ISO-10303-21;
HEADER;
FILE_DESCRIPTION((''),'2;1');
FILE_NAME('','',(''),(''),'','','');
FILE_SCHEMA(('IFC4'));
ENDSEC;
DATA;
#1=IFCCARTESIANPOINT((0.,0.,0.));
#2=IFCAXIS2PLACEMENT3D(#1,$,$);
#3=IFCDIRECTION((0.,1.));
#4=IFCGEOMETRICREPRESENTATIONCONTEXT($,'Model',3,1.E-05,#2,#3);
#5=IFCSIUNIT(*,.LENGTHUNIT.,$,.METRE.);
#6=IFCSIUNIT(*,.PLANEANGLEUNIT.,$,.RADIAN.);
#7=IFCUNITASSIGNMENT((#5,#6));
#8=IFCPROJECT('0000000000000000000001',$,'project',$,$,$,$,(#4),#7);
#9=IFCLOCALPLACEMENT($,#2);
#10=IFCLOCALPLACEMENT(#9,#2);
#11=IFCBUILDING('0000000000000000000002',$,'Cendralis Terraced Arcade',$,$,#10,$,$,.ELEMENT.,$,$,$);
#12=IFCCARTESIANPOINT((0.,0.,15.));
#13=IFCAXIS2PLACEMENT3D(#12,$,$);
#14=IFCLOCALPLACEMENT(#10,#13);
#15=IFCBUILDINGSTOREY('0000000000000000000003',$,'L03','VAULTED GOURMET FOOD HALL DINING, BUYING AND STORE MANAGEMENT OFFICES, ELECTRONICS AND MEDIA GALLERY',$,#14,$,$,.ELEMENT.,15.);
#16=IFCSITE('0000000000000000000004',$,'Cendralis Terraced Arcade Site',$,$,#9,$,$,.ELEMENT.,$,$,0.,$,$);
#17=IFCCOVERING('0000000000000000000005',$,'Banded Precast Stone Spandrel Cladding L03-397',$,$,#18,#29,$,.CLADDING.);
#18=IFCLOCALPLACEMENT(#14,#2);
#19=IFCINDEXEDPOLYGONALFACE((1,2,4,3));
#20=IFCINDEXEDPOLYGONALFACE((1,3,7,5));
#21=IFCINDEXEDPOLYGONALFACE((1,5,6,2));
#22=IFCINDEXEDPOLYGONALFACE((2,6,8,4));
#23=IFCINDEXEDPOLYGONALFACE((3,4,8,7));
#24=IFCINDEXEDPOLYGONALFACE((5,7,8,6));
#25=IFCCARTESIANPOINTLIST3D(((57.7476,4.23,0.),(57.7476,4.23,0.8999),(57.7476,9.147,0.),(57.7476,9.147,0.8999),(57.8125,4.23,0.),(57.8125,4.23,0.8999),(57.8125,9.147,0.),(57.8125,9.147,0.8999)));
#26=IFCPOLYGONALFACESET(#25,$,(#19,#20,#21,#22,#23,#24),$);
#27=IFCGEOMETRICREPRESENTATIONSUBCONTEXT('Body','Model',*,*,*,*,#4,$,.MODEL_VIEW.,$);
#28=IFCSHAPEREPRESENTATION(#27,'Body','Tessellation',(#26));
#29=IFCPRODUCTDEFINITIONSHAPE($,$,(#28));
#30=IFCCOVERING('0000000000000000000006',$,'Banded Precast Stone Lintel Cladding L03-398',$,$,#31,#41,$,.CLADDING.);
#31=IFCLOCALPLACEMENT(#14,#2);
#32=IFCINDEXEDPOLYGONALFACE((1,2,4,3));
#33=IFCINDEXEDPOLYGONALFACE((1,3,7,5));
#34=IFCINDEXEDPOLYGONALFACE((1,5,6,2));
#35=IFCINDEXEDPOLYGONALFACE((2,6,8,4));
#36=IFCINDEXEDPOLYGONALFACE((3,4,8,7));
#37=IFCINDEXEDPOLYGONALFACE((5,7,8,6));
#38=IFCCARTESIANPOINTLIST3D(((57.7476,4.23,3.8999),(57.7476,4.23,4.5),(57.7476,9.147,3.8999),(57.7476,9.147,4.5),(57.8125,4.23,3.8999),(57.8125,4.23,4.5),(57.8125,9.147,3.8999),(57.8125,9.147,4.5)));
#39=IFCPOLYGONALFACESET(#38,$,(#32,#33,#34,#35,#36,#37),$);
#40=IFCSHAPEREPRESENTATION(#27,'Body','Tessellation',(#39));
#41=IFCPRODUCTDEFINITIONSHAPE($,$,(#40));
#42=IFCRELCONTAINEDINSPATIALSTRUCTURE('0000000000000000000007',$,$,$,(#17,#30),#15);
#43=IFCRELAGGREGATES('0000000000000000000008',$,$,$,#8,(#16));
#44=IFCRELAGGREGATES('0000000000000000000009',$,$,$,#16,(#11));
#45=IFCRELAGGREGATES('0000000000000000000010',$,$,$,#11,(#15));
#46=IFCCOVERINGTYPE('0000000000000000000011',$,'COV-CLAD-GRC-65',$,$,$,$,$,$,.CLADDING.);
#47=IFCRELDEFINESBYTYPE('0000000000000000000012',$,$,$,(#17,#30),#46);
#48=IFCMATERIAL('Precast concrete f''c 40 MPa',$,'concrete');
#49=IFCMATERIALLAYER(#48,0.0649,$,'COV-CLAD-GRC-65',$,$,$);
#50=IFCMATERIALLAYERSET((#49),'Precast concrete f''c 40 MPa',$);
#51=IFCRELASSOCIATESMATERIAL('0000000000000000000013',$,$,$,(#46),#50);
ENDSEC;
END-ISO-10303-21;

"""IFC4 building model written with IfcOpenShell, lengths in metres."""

from ifc_helpers import new_model, si_unit, direction, frame, origin, origin_2d, place, context, subcontext, project, spatial, rectangle, extrude, material, layer, layer_set, type_object, element, save


model = new_model("IFC4")

# Units and contexts
model_context = context("Model", 3, precision=1e-05, world=origin(), true_north=direction((0.0, 1.0)))
body_context = subcontext(model_context, "Body", "Model", "MODEL_VIEW")
ifc_project = project(units=[si_unit("LENGTHUNIT", "METRE"), si_unit("PLANEANGLEUNIT", "RADIAN")], contexts=[model_context])

# Site, building, storey
site_placement = place(None, origin())
site = spatial("IfcSite", under=ifc_project, at=site_placement, Name="Cendralis Terraced Arcade Site", CompositionType="ELEMENT", RefElevation=0.0)
building_placement = place(site_placement, origin())
building = spatial("IfcBuilding", under=site, at=building_placement, Name="Cendralis Terraced Arcade", CompositionType="ELEMENT")
storey_placement = place(building_placement, frame((0.0, 0.0, 15.0)))
storey = spatial("IfcBuildingStorey", under=building, at=storey_placement, Name="L03", Description="VAULTED GOURMET FOOD HALL DINING, BUYING AND STORE MANAGEMENT OFFICES, ELECTRONICS AND MEDIA GALLERY", CompositionType="ELEMENT", Elevation=15.0)

# Shared definitions
ifc_material_1 = material(Name="Precast concrete f'c 40 MPa", Category="concrete")

# Coverings
ifc_layer_1 = layer(ifc_material_1, 0.0649, Name="COV-CLAD-GRC-65")
ifc_layer_set_1 = layer_set([ifc_layer_1], Name="Precast concrete f'c 40 MPa")
covering_type = type_object("IfcCoveringType", Name="COV-CLAD-GRC-65", PredefinedType="CLADDING", material=ifc_layer_set_1)
covering_1_placement = place(storey_placement, frame((57.78, 6.6885, 0.0), z_axis=(0.0, 0.0, 1.0), x_axis=(0.0, -1.0, 0.0)))
element("IfcCovering", 1, at=covering_1_placement, inside=storey, type_object=covering_type, Name="Banded Precast Stone Spandrel Cladding L03-397", PredefinedType="CLADDING", context=body_context, shape_type="SweptSolid", body=[
    extrude(rectangle(XDim=4.917, YDim=0.0649, at=origin_2d()), origin(), (0.0, 0.0, 1.0), 0.8999),
])
covering_2_placement = place(storey_placement, frame((57.78, 6.6885, 3.8999), z_axis=(0.0, 0.0, 1.0), x_axis=(0.0, -1.0, 0.0)))
element("IfcCovering", 2, at=covering_2_placement, inside=storey, type_object=covering_type, Name="Banded Precast Stone Lintel Cladding L03-398", PredefinedType="CLADDING", context=body_context, shape_type="SweptSolid", body=[
    extrude(rectangle(XDim=4.917, YDim=0.0649, at=origin_2d()), origin(), (0.0, 0.0, 1.0), 0.6001),
])

save(model, "model.ifc")
